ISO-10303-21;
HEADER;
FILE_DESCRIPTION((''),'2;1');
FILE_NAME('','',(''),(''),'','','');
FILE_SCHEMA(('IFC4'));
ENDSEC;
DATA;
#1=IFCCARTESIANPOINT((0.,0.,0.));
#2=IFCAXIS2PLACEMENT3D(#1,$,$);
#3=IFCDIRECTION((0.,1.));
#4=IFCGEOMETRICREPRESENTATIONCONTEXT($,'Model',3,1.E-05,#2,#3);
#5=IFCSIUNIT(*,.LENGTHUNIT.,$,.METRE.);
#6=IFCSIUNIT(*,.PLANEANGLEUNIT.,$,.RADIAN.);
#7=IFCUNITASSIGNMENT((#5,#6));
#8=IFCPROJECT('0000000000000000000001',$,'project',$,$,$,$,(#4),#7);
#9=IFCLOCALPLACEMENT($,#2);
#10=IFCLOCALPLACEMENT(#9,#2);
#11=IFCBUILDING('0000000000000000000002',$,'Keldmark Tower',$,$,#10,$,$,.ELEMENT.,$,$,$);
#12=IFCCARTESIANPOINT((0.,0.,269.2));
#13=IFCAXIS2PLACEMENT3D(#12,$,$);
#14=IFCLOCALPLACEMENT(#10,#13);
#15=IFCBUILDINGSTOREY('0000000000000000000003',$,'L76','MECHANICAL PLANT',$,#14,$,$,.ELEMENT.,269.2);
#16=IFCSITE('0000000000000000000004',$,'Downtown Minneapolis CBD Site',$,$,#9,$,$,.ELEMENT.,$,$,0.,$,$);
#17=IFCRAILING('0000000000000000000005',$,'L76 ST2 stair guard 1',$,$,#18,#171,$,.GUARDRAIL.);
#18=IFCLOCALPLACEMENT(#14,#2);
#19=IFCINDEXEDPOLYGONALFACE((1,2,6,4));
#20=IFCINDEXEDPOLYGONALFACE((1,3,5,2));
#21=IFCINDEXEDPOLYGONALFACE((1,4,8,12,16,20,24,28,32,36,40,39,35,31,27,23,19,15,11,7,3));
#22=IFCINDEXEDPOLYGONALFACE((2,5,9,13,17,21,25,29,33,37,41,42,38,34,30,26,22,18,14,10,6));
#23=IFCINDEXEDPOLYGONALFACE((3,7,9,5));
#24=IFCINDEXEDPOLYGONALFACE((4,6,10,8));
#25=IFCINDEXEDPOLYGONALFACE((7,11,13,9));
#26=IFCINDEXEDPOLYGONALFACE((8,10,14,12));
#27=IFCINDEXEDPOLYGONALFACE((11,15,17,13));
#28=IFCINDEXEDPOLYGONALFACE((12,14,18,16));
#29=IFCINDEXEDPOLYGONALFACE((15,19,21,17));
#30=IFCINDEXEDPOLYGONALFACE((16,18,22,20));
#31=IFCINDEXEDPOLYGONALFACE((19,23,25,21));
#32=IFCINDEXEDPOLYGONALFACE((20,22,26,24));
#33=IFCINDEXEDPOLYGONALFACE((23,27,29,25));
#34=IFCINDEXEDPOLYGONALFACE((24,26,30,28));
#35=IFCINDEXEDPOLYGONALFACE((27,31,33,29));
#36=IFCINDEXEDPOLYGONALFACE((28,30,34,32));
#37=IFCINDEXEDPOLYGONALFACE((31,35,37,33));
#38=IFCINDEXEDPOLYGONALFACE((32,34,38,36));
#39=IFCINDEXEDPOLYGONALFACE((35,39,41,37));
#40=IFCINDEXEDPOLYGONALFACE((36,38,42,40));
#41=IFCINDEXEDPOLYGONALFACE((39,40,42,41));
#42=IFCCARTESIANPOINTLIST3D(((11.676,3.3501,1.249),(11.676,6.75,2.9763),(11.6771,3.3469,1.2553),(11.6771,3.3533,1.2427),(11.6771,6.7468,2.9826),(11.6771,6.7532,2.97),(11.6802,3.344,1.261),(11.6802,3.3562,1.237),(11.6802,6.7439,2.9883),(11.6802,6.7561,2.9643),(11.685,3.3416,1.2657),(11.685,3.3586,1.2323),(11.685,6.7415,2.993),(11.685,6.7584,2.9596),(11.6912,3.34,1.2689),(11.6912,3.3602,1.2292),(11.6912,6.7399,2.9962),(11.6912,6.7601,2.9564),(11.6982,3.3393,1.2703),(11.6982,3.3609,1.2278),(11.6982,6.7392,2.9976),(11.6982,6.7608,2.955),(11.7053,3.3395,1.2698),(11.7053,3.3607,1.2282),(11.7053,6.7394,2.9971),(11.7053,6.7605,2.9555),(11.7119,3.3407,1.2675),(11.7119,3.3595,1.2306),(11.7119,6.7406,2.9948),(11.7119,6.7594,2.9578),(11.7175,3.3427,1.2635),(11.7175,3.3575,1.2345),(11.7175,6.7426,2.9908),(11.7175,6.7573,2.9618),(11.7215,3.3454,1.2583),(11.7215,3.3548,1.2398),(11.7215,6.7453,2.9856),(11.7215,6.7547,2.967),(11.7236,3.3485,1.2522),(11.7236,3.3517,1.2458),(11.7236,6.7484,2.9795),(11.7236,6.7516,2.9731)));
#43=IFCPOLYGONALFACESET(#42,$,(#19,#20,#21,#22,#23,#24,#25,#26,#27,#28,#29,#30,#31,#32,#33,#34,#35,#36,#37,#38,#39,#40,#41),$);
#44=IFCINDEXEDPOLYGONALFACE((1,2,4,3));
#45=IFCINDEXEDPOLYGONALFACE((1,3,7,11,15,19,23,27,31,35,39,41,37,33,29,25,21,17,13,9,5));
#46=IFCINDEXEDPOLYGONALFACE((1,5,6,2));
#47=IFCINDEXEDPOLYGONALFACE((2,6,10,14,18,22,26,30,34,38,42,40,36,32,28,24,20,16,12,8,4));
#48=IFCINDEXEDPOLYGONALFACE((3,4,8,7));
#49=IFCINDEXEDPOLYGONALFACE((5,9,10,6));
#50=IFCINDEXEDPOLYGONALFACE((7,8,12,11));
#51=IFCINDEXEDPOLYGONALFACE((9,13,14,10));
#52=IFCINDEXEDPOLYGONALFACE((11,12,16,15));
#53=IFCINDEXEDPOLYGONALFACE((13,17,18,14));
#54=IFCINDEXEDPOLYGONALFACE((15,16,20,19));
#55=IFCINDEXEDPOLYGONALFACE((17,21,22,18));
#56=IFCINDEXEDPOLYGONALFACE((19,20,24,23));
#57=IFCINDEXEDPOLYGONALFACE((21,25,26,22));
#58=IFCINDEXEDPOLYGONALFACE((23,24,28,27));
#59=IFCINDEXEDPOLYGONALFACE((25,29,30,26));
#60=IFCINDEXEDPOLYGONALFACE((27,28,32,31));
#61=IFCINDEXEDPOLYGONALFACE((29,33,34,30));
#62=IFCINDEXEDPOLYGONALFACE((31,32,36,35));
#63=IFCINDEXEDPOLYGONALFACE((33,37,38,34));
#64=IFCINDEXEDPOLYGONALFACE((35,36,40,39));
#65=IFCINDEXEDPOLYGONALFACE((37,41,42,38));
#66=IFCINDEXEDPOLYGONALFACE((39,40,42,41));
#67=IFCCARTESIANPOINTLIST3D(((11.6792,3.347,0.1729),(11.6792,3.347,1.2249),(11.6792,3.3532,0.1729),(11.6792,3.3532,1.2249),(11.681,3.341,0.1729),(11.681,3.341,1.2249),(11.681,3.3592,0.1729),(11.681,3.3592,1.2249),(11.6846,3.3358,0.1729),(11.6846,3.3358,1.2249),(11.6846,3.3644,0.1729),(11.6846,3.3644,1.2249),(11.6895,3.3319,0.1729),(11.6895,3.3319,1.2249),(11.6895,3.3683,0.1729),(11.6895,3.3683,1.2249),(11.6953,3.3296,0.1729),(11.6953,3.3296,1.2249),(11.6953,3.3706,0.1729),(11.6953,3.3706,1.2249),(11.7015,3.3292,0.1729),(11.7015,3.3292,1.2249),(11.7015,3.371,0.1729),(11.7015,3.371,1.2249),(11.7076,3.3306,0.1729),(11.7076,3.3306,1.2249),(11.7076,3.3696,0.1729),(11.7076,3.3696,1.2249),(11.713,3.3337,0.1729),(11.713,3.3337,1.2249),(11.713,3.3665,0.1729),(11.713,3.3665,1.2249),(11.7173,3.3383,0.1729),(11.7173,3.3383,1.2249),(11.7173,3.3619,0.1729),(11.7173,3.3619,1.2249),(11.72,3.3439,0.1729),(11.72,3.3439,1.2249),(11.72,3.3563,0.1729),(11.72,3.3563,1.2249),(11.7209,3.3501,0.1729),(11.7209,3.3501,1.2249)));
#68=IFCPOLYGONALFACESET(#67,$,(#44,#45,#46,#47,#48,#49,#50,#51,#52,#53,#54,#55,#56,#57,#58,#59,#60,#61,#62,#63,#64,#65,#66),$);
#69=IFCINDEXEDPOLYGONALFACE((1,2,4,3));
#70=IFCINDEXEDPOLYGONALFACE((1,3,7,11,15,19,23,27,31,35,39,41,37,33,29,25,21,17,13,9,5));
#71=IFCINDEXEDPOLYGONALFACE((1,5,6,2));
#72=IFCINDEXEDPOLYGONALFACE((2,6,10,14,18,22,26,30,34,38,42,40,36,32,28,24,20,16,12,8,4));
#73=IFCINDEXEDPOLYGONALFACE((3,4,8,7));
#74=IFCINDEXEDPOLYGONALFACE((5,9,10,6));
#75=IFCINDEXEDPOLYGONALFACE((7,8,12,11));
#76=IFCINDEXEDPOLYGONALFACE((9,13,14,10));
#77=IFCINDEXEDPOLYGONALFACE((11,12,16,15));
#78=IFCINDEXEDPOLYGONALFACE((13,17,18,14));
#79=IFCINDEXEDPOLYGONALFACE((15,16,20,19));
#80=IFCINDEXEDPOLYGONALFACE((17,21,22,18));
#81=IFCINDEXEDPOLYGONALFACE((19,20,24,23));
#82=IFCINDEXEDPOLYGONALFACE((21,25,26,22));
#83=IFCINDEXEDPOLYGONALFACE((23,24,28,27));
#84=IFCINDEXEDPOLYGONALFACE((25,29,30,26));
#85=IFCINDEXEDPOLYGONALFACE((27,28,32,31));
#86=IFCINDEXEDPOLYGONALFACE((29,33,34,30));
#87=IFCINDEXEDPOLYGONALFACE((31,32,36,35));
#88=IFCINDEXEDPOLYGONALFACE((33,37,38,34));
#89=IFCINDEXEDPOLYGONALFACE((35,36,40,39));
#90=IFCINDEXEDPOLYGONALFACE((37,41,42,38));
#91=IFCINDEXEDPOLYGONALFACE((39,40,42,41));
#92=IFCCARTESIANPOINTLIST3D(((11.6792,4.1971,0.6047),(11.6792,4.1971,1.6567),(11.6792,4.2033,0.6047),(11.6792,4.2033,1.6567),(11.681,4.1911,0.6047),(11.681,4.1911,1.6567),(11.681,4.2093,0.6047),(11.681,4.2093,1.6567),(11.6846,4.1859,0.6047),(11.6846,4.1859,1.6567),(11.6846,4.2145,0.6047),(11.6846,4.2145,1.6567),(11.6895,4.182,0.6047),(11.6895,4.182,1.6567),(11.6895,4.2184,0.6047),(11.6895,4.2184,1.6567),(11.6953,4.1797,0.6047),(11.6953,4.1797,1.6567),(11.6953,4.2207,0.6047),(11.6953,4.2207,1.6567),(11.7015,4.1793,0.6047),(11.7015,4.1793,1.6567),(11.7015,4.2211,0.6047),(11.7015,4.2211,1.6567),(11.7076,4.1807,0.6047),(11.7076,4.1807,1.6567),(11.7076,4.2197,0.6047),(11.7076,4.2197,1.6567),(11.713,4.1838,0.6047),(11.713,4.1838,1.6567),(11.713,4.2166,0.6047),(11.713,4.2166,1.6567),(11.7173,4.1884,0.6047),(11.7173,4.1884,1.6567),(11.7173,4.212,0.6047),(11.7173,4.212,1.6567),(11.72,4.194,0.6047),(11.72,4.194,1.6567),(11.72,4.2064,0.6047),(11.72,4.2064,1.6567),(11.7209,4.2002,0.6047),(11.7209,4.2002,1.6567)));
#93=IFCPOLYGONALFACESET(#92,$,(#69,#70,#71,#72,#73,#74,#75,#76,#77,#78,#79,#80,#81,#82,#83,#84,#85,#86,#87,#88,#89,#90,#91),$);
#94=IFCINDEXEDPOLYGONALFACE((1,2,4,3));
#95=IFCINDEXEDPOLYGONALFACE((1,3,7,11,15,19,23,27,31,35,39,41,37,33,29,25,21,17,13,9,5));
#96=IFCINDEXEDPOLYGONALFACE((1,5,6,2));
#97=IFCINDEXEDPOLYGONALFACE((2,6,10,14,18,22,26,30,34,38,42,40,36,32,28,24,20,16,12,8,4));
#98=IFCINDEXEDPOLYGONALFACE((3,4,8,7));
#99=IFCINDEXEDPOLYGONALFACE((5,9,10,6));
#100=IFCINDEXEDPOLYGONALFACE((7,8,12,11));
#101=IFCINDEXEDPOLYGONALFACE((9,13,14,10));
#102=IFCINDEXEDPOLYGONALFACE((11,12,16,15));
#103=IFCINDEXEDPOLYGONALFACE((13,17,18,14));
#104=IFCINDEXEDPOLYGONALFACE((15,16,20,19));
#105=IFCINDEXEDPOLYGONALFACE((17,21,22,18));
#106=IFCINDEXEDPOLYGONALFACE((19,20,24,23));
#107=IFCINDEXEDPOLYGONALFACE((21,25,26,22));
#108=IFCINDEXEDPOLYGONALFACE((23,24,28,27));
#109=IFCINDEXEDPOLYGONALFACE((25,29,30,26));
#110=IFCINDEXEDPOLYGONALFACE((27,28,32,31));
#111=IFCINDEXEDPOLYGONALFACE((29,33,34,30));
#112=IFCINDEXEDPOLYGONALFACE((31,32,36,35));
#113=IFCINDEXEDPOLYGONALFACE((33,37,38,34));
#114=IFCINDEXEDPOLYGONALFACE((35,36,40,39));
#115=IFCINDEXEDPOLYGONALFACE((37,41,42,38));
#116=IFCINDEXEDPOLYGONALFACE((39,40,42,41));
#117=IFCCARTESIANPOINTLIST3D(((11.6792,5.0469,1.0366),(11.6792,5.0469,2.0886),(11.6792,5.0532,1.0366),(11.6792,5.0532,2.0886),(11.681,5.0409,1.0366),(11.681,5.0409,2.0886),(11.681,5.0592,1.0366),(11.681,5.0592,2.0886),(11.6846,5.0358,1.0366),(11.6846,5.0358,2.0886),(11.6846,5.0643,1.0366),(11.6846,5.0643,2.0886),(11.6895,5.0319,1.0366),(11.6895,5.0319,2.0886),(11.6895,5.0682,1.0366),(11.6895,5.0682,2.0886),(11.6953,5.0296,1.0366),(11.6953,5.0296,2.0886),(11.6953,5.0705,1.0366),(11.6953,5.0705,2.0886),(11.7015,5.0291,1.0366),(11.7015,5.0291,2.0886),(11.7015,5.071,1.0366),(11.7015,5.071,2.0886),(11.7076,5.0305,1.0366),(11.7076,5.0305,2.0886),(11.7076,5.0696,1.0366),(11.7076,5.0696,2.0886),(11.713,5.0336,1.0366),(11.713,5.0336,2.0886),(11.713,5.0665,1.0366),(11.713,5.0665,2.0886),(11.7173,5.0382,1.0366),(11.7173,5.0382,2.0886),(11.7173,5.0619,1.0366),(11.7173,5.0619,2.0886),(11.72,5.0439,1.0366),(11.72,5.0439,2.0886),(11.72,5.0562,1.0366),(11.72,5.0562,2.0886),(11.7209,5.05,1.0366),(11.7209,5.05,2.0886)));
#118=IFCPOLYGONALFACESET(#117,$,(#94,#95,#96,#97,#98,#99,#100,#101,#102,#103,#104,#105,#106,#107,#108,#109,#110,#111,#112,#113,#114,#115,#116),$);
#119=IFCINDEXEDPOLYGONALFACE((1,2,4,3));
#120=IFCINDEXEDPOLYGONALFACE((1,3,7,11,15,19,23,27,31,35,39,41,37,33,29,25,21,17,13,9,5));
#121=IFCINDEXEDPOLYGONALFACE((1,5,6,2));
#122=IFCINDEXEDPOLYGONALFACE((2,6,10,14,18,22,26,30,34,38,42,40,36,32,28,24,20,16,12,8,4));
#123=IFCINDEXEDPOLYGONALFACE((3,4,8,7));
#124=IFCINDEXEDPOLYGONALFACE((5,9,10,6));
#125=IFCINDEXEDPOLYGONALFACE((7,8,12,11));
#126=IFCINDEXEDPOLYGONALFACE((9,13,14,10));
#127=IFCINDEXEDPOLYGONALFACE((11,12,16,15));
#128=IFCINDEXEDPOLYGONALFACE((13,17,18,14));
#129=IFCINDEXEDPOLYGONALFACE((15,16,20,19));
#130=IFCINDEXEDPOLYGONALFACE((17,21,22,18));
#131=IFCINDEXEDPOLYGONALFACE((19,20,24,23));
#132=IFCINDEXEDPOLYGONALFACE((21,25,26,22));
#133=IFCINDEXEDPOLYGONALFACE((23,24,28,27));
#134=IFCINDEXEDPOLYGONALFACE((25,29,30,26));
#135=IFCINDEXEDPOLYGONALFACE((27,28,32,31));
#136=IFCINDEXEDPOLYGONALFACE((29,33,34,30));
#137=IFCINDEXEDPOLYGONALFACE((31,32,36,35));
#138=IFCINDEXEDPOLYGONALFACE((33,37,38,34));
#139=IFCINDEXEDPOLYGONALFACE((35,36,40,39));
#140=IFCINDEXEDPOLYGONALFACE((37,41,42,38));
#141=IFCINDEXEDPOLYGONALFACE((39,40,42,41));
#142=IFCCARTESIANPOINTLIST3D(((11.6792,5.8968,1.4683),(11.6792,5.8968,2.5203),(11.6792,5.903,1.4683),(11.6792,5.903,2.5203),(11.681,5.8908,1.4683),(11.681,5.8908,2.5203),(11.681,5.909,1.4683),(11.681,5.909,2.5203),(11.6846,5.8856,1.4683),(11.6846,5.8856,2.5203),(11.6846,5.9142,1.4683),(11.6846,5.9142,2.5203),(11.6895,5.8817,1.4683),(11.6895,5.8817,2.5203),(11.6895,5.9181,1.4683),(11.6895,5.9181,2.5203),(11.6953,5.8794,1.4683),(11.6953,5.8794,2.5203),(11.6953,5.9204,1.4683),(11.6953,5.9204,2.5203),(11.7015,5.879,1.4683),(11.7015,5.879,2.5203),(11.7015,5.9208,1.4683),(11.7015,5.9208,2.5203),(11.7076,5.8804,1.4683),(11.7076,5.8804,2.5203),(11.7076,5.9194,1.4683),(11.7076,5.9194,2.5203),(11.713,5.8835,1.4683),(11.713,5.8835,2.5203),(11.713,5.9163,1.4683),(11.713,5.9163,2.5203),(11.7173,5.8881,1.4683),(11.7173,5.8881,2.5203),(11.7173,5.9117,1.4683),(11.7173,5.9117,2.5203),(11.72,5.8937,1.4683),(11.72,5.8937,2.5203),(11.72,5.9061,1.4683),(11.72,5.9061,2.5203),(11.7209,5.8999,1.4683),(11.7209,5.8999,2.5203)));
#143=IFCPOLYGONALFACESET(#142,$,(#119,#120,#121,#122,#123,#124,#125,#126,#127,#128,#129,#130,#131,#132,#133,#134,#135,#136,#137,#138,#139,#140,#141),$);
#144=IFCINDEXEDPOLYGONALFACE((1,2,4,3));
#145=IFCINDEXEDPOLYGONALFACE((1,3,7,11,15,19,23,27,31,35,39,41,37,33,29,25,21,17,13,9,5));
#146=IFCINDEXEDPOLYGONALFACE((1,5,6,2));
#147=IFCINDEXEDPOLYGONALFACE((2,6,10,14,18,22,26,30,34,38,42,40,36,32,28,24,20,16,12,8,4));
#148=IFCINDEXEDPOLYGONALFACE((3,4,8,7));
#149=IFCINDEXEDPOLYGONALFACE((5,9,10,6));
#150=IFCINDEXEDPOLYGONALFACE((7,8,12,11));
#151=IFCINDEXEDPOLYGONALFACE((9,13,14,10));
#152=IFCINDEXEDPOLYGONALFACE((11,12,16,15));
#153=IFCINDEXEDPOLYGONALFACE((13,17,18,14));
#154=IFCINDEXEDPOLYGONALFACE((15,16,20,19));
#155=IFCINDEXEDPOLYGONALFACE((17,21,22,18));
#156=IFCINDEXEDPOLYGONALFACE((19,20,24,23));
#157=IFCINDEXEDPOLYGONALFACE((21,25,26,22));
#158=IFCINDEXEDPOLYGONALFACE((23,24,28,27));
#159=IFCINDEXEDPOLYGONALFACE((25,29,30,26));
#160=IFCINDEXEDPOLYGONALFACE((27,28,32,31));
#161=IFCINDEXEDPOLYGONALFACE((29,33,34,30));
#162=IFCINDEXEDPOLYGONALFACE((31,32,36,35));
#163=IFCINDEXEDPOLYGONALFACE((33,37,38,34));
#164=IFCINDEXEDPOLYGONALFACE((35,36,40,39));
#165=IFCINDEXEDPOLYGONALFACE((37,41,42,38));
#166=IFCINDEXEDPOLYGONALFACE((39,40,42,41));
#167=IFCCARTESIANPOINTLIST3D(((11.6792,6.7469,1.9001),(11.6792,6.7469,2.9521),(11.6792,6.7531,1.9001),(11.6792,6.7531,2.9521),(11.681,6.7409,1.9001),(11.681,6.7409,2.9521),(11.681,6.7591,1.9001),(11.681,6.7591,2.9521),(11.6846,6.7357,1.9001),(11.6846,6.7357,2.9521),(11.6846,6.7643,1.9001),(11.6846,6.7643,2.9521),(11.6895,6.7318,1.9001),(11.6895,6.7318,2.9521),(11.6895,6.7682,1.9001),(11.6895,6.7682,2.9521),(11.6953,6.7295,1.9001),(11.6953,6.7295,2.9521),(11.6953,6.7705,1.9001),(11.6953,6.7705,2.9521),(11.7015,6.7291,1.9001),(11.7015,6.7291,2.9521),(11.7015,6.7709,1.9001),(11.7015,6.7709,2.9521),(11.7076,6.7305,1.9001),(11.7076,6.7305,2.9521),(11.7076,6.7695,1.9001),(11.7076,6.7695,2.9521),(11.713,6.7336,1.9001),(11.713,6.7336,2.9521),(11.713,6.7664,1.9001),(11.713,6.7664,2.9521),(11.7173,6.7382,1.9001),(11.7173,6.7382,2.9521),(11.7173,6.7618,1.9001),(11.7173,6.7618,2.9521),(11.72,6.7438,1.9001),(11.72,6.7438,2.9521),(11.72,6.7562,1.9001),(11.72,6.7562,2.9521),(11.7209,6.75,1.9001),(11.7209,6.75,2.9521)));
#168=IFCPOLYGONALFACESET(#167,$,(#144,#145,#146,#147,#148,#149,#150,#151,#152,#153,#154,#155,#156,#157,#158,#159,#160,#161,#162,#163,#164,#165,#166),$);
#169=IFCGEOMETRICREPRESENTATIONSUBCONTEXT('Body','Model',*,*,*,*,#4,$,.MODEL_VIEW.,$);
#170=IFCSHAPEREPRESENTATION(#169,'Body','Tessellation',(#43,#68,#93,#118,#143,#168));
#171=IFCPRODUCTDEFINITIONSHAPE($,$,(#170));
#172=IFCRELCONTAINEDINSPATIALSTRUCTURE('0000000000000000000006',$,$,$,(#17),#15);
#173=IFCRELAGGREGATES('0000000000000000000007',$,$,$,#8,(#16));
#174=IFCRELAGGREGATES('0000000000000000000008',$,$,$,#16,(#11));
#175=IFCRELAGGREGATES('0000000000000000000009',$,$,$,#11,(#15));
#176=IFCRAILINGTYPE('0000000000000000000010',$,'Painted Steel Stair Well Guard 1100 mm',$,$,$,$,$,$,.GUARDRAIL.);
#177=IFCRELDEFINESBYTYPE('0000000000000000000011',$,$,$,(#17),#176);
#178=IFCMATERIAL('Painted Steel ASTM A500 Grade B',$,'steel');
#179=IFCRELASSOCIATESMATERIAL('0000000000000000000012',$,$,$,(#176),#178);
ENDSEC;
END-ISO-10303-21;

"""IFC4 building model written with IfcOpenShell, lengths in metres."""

from ifc_helpers import new_model, si_unit, direction, frame, origin, origin_2d, place, context, subcontext, project, spatial, circle, extrude, material, type_object, element, save


model = new_model("IFC4")

# Units and contexts
model_context = context("Model", 3, precision=1e-05, world=origin(), true_north=direction((0.0, 1.0)))
body_context = subcontext(model_context, "Body", "Model", "MODEL_VIEW")
ifc_project = project(units=[si_unit("LENGTHUNIT", "METRE"), si_unit("PLANEANGLEUNIT", "RADIAN")], contexts=[model_context])

# Site, building, storey
site_placement = place(None, origin())
site = spatial("IfcSite", under=ifc_project, at=site_placement, Name="Downtown Minneapolis CBD Site", CompositionType="ELEMENT", RefElevation=0.0)
building_placement = place(site_placement, origin())
building = spatial("IfcBuilding", under=site, at=building_placement, Name="Keldmark Tower", CompositionType="ELEMENT")
storey_placement = place(building_placement, frame((0.0, 0.0, 269.2)))
storey = spatial("IfcBuildingStorey", under=building, at=storey_placement, Name="L76", Description="MECHANICAL PLANT", CompositionType="ELEMENT", Elevation=269.2)

# Railing
ifc_material_1 = material(Name="Painted Steel ASTM A500 Grade B", Category="steel")
railing_type_1 = type_object("IfcRailingType", Name="Painted Steel Stair Well Guard 1100 mm", PredefinedType="GUARDRAIL", material=ifc_material_1)
railing_1_placement = place(storey_placement, frame((11.7, 3.3501, 0.1729)))
element("IfcRailing", 1, at=railing_1_placement, inside=storey, type_object=railing_type_1, Name="L76 ST2 stair guard 1", PredefinedType="GUARDRAIL", context=body_context, shape_type="SweptSolid", body=[
    extrude(circle(Radius=0.0239, at=origin_2d()), frame((0.0, 0.0, 1.0762), z_axis=(0.0, 0.891541, 0.452941), x_axis=(-1.0, 0.0, 0.0)), (0.0, 0.0, 1.0), 3.8135),
    extrude(circle(Radius=0.021, at=origin_2d()), origin(), (0.0, 0.0, 1.0), 1.052),
    extrude(circle(Radius=0.021, at=origin_2d()), frame((0.0, 0.8501, 0.4319)), (0.0, 0.0, 1.0), 1.052),
    extrude(circle(Radius=0.021, at=origin_2d()), frame((0.0, 1.7, 0.8638)), (0.0, 0.0, 1.0), 1.052),
    extrude(circle(Radius=0.021, at=origin_2d()), frame((0.0, 2.5498, 1.2954)), (0.0, 0.0, 1.0), 1.052),
    extrude(circle(Radius=0.021, at=origin_2d()), frame((0.0, 3.3999, 1.7273)), (0.0, 0.0, 1.0), 1.052),
])

save(model, "model.ifc")
